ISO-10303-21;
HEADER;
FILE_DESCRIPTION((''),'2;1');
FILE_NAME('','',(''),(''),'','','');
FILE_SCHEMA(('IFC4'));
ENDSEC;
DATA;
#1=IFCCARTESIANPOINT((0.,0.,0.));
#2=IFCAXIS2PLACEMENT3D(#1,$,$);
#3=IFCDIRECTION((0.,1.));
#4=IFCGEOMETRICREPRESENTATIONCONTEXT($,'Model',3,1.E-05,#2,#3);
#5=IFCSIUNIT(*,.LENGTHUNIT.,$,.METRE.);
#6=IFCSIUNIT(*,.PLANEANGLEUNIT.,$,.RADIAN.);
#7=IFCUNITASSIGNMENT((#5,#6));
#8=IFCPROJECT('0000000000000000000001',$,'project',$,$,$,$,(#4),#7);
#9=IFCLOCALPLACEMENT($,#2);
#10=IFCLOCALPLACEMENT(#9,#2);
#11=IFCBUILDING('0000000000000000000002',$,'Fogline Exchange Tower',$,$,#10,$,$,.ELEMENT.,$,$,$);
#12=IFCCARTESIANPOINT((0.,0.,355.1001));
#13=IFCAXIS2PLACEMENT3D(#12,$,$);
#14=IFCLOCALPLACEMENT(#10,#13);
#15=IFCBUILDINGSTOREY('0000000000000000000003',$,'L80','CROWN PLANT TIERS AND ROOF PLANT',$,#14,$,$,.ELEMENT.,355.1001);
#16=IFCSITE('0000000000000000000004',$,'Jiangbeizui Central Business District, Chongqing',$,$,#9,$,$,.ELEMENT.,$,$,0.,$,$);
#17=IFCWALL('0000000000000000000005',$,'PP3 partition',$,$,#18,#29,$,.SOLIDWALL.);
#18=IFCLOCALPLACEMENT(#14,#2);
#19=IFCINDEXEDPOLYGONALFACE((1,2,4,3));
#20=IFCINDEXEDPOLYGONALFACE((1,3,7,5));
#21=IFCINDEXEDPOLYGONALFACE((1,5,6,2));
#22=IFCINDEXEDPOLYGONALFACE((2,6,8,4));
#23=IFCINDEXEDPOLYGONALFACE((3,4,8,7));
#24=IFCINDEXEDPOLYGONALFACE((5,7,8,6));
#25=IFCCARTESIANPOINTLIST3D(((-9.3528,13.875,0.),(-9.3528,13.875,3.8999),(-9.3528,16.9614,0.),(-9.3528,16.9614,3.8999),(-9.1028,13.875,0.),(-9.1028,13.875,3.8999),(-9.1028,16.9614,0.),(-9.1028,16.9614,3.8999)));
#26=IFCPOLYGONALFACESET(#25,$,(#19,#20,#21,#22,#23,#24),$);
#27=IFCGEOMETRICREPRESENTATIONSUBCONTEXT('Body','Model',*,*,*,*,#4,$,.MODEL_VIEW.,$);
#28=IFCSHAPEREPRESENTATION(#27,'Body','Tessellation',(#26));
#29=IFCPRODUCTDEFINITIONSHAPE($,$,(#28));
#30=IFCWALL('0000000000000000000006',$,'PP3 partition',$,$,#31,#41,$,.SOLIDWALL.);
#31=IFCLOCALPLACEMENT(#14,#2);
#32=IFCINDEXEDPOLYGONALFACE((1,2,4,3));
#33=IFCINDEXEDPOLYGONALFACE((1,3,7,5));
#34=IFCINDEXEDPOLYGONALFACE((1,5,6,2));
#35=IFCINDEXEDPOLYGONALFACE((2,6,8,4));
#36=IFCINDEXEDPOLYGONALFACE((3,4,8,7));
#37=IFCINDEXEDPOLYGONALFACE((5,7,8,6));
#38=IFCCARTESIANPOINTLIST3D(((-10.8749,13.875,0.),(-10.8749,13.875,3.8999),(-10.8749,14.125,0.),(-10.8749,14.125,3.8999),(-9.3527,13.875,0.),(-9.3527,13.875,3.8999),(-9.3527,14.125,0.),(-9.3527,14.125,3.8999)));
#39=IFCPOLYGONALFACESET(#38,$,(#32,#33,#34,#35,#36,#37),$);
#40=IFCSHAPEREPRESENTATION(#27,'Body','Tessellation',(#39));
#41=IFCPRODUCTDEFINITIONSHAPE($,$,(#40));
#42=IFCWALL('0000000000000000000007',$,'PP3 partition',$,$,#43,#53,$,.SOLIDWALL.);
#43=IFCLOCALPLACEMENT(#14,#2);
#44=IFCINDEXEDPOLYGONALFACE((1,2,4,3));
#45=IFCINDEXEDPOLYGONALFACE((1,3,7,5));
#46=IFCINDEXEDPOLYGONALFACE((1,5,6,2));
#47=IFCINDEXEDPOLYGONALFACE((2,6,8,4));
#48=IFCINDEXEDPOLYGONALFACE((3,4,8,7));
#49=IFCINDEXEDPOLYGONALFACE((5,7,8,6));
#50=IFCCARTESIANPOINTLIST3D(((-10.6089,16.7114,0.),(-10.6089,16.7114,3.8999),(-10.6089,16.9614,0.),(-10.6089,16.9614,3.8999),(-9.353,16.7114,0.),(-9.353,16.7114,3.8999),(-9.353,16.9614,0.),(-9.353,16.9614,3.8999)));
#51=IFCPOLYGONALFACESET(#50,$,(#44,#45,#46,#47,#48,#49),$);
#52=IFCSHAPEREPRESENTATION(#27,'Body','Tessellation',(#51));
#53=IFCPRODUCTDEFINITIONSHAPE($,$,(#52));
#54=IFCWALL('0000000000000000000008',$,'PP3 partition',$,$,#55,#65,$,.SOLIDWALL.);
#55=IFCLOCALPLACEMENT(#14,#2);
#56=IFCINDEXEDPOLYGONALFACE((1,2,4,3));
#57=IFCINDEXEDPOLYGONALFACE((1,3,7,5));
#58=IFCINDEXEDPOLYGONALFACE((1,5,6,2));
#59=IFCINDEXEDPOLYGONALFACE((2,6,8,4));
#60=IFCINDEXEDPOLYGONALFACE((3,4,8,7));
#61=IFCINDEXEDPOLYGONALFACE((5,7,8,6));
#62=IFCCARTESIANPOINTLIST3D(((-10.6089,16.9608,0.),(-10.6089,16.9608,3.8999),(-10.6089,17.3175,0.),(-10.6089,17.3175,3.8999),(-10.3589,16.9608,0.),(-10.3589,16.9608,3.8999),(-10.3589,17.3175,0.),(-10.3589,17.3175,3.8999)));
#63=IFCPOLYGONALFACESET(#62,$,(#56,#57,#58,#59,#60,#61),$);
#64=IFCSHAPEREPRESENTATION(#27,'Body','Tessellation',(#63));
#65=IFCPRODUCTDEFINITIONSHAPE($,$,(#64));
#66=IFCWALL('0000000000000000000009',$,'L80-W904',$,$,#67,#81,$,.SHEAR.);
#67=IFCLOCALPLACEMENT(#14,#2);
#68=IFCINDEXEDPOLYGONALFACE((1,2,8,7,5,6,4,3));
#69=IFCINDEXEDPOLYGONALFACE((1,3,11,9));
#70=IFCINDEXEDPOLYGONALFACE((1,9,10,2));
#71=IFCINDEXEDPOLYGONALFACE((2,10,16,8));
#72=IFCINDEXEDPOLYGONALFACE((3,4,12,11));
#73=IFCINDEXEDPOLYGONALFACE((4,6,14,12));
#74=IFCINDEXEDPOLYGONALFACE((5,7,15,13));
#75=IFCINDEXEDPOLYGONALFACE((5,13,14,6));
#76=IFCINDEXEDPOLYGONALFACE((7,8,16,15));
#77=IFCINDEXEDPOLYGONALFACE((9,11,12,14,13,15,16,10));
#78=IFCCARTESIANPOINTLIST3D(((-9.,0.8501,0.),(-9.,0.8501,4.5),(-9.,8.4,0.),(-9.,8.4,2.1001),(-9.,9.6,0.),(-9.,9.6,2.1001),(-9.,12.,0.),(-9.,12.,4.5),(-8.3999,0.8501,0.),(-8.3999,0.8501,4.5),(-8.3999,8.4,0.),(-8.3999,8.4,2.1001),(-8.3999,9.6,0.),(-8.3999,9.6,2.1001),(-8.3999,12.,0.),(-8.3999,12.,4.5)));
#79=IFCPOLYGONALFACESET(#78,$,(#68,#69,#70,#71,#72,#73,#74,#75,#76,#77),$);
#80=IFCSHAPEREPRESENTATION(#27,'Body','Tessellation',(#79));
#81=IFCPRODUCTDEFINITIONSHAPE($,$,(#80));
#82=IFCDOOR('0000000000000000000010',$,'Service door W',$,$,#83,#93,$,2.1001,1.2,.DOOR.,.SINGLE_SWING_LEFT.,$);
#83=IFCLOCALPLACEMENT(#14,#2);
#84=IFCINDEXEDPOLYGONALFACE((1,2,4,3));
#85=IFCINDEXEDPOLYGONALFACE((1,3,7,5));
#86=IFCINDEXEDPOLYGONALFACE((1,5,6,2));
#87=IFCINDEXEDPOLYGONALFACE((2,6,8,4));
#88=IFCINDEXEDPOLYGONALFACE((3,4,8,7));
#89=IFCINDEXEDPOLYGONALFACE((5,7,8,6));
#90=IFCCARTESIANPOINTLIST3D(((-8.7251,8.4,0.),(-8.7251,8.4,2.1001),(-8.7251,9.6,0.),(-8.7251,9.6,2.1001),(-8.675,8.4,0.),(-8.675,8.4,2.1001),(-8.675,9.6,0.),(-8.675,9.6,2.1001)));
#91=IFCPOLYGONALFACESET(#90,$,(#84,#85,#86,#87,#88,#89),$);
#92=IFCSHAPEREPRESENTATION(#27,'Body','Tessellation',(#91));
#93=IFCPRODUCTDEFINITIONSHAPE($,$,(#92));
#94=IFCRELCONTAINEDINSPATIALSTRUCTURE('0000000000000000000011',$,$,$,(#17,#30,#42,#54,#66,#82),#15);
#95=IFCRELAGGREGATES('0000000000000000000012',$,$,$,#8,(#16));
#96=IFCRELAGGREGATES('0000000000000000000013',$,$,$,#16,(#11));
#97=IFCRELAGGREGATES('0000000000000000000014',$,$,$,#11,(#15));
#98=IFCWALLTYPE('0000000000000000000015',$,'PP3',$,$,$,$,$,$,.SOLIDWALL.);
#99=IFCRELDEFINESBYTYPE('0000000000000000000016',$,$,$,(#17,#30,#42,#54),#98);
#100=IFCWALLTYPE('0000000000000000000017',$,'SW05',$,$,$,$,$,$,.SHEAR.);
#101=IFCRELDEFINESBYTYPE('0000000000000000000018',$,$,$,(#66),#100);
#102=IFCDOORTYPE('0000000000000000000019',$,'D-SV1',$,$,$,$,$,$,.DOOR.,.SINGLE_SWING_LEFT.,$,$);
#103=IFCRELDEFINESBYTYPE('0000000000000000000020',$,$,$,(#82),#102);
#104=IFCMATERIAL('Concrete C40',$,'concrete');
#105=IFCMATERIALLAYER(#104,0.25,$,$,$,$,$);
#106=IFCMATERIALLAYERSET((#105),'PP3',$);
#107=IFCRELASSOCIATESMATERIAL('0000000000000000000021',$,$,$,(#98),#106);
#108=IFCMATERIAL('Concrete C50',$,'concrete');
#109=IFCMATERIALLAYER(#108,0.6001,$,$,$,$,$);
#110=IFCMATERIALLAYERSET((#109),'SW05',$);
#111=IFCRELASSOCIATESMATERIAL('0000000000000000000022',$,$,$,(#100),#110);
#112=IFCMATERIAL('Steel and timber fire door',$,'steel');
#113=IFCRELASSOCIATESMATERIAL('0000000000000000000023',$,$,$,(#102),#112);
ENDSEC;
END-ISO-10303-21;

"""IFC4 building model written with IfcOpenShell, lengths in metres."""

from ifc_helpers import new_model, si_unit, direction, frame, frame_2d, origin, place, context, subcontext, project, spatial, rectangle, extrude, material, layer, layer_set, type_object, element, fill, save


model = new_model("IFC4")

# Units and contexts
model_context = context("Model", 3, precision=1e-05, world=origin(), true_north=direction((0.0, 1.0)))
body_context = subcontext(model_context, "Body", "Model", "MODEL_VIEW")
ifc_project = project(units=[si_unit("LENGTHUNIT", "METRE"), si_unit("PLANEANGLEUNIT", "RADIAN")], contexts=[model_context])

# Site, building, storey
site_placement = place(None, origin())
site = spatial("IfcSite", under=ifc_project, at=site_placement, Name="Jiangbeizui Central Business District, Chongqing", CompositionType="ELEMENT", RefElevation=0.0)
building_placement = place(site_placement, origin())
building = spatial("IfcBuilding", under=site, at=building_placement, Name="Fogline Exchange Tower", CompositionType="ELEMENT")
storey_placement = place(building_placement, frame((0.0, 0.0, 355.1001)))
storey = spatial("IfcBuildingStorey", under=building, at=storey_placement, Name="L80", Description="CROWN PLANT TIERS AND ROOF PLANT", CompositionType="ELEMENT", Elevation=355.1001)

# Shared definitions
ifc_material_1 = material(Name="Concrete C40", Category="concrete")

# Shared definitions
ifc_layer_1 = layer(ifc_material_1, 0.25)
ifc_layer_set_1 = layer_set([ifc_layer_1], Name="PP3")
wall_type_1 = type_object("IfcWallType", Name="PP3", PredefinedType="SOLIDWALL", material=ifc_layer_set_1)

# Walls
wall_1_placement = place(storey_placement, frame((-9.2278, 13.875, 0.0), z_axis=(0.0, 0.0, 1.0), x_axis=(0.0, 1.0, 0.0)))
element("IfcWall", 1, at=wall_1_placement, inside=storey, type_object=wall_type_1, Name="PP3 partition", PredefinedType="SOLIDWALL", context=body_context, shape_type="SweptSolid", body=[
    extrude(rectangle(XDim=3.0864, YDim=0.25, at=frame_2d((1.5432, 0.0))), origin(), (0.0, 0.0, 1.0), 3.8999),
])
wall_2_placement = place(storey_placement, frame((-10.875, 14.0, 0.0), z_axis=(0.0, 0.0, 1.0), x_axis=(1.0, 0.0, 0.0)))
element("IfcWall", 2, at=wall_2_placement, inside=storey, type_object=wall_type_1, Name="PP3 partition", PredefinedType="SOLIDWALL", context=body_context, shape_type="SweptSolid", body=[
    extrude(rectangle(XDim=1.5222, YDim=0.25, at=frame_2d((0.7612, 0.0))), origin(), (0.0, 0.0, 1.0), 3.8999),
])
wall_3_placement = place(storey_placement, frame((-9.353, 16.8364, 0.0), z_axis=(0.0, 0.0, 1.0), x_axis=(-1.0, 0.0, 0.0)))
element("IfcWall", 3, at=wall_3_placement, inside=storey, type_object=wall_type_1, Name="PP3 partition", PredefinedType="SOLIDWALL", context=body_context, shape_type="SweptSolid", body=[
    extrude(rectangle(XDim=1.2559, YDim=0.25, at=frame_2d((0.6279, 0.0))), origin(), (0.0, 0.0, 1.0), 3.8999),
])
wall_4_placement = place(storey_placement, frame((-10.4839, 16.9609, 0.0), z_axis=(0.0, 0.0, 1.0), x_axis=(0.0, 1.0, 0.0)))
element("IfcWall", 4, at=wall_4_placement, inside=storey, type_object=wall_type_1, Name="PP3 partition", PredefinedType="SOLIDWALL", context=body_context, shape_type="SweptSolid", body=[
    extrude(rectangle(XDim=0.3567, YDim=0.25, at=frame_2d((0.1782, 0.0))), origin(), (0.0, 0.0, 1.0), 3.8999),
])

# Wall, opening, door
ifc_material_2 = material(Name="Concrete C50", Category="concrete")
ifc_layer_2 = layer(ifc_material_2, 0.6001)
ifc_layer_set_2 = layer_set([ifc_layer_2], Name="SW05")
wall_type_2 = type_object("IfcWallType", Name="SW05", PredefinedType="SHEAR", material=ifc_layer_set_2)
wall_5_placement = place(storey_placement, frame((-8.7, 12.0, 0.0), z_axis=(0.0, 0.0, 1.0), x_axis=(0.0, -1.0, 0.0)))
wall_5 = element("IfcWall", 5, at=wall_5_placement, inside=storey, type_object=wall_type_2, Name="L80-W904", PredefinedType="SHEAR", context=body_context, shape_type="SweptSolid", body=[
    extrude(rectangle(XDim=11.1499, YDim=0.6001, at=frame_2d((5.575, 0.0))), origin(), (0.0, 0.0, 1.0), 4.5),
])
opening_1_placement = place(wall_5_placement, frame((2.3999, 0.0, 0.0)))
opening_1 = element("IfcOpeningElement", 6, at=opening_1_placement, cuts=wall_5, PredefinedType="OPENING", context=body_context, shape_type="SweptSolid", body=[
    extrude(rectangle(XDim=1.2, YDim=2.1001, at=frame_2d((0.6001, 1.05))), frame((0.0, 0.3101, 0.0), z_axis=(0.0, -1.0, 0.0), x_axis=(1.0, 0.0, 0.0)), (0.0, 0.0, 1.0), 0.6201),
])
ifc_material_3 = material(Name="Steel and timber fire door", Category="steel")
door_type_1 = type_object("IfcDoorType", Name="D-SV1", OperationType="SINGLE_SWING_LEFT", PredefinedType="DOOR", material=ifc_material_3)
door_1_placement = place(opening_1_placement, origin())
door_1 = element("IfcDoor", 7, at=door_1_placement, inside=storey, type_object=door_type_1, Name="Service door W", OperationType="SINGLE_SWING_LEFT", OverallHeight=2.1001, OverallWidth=1.2, PredefinedType="DOOR", context=body_context, shape_type="SweptSolid", body=[
    extrude(rectangle(XDim=1.2, YDim=2.1001, at=frame_2d((0.6001, 1.05))), frame((0.0, 0.0249, 0.0), z_axis=(0.0, -1.0, 0.0), x_axis=(1.0, 0.0, 0.0)), (0.0, 0.0, 1.0), 0.05),
])
fill(opening_1, door_1)

save(model, "model.ifc")
